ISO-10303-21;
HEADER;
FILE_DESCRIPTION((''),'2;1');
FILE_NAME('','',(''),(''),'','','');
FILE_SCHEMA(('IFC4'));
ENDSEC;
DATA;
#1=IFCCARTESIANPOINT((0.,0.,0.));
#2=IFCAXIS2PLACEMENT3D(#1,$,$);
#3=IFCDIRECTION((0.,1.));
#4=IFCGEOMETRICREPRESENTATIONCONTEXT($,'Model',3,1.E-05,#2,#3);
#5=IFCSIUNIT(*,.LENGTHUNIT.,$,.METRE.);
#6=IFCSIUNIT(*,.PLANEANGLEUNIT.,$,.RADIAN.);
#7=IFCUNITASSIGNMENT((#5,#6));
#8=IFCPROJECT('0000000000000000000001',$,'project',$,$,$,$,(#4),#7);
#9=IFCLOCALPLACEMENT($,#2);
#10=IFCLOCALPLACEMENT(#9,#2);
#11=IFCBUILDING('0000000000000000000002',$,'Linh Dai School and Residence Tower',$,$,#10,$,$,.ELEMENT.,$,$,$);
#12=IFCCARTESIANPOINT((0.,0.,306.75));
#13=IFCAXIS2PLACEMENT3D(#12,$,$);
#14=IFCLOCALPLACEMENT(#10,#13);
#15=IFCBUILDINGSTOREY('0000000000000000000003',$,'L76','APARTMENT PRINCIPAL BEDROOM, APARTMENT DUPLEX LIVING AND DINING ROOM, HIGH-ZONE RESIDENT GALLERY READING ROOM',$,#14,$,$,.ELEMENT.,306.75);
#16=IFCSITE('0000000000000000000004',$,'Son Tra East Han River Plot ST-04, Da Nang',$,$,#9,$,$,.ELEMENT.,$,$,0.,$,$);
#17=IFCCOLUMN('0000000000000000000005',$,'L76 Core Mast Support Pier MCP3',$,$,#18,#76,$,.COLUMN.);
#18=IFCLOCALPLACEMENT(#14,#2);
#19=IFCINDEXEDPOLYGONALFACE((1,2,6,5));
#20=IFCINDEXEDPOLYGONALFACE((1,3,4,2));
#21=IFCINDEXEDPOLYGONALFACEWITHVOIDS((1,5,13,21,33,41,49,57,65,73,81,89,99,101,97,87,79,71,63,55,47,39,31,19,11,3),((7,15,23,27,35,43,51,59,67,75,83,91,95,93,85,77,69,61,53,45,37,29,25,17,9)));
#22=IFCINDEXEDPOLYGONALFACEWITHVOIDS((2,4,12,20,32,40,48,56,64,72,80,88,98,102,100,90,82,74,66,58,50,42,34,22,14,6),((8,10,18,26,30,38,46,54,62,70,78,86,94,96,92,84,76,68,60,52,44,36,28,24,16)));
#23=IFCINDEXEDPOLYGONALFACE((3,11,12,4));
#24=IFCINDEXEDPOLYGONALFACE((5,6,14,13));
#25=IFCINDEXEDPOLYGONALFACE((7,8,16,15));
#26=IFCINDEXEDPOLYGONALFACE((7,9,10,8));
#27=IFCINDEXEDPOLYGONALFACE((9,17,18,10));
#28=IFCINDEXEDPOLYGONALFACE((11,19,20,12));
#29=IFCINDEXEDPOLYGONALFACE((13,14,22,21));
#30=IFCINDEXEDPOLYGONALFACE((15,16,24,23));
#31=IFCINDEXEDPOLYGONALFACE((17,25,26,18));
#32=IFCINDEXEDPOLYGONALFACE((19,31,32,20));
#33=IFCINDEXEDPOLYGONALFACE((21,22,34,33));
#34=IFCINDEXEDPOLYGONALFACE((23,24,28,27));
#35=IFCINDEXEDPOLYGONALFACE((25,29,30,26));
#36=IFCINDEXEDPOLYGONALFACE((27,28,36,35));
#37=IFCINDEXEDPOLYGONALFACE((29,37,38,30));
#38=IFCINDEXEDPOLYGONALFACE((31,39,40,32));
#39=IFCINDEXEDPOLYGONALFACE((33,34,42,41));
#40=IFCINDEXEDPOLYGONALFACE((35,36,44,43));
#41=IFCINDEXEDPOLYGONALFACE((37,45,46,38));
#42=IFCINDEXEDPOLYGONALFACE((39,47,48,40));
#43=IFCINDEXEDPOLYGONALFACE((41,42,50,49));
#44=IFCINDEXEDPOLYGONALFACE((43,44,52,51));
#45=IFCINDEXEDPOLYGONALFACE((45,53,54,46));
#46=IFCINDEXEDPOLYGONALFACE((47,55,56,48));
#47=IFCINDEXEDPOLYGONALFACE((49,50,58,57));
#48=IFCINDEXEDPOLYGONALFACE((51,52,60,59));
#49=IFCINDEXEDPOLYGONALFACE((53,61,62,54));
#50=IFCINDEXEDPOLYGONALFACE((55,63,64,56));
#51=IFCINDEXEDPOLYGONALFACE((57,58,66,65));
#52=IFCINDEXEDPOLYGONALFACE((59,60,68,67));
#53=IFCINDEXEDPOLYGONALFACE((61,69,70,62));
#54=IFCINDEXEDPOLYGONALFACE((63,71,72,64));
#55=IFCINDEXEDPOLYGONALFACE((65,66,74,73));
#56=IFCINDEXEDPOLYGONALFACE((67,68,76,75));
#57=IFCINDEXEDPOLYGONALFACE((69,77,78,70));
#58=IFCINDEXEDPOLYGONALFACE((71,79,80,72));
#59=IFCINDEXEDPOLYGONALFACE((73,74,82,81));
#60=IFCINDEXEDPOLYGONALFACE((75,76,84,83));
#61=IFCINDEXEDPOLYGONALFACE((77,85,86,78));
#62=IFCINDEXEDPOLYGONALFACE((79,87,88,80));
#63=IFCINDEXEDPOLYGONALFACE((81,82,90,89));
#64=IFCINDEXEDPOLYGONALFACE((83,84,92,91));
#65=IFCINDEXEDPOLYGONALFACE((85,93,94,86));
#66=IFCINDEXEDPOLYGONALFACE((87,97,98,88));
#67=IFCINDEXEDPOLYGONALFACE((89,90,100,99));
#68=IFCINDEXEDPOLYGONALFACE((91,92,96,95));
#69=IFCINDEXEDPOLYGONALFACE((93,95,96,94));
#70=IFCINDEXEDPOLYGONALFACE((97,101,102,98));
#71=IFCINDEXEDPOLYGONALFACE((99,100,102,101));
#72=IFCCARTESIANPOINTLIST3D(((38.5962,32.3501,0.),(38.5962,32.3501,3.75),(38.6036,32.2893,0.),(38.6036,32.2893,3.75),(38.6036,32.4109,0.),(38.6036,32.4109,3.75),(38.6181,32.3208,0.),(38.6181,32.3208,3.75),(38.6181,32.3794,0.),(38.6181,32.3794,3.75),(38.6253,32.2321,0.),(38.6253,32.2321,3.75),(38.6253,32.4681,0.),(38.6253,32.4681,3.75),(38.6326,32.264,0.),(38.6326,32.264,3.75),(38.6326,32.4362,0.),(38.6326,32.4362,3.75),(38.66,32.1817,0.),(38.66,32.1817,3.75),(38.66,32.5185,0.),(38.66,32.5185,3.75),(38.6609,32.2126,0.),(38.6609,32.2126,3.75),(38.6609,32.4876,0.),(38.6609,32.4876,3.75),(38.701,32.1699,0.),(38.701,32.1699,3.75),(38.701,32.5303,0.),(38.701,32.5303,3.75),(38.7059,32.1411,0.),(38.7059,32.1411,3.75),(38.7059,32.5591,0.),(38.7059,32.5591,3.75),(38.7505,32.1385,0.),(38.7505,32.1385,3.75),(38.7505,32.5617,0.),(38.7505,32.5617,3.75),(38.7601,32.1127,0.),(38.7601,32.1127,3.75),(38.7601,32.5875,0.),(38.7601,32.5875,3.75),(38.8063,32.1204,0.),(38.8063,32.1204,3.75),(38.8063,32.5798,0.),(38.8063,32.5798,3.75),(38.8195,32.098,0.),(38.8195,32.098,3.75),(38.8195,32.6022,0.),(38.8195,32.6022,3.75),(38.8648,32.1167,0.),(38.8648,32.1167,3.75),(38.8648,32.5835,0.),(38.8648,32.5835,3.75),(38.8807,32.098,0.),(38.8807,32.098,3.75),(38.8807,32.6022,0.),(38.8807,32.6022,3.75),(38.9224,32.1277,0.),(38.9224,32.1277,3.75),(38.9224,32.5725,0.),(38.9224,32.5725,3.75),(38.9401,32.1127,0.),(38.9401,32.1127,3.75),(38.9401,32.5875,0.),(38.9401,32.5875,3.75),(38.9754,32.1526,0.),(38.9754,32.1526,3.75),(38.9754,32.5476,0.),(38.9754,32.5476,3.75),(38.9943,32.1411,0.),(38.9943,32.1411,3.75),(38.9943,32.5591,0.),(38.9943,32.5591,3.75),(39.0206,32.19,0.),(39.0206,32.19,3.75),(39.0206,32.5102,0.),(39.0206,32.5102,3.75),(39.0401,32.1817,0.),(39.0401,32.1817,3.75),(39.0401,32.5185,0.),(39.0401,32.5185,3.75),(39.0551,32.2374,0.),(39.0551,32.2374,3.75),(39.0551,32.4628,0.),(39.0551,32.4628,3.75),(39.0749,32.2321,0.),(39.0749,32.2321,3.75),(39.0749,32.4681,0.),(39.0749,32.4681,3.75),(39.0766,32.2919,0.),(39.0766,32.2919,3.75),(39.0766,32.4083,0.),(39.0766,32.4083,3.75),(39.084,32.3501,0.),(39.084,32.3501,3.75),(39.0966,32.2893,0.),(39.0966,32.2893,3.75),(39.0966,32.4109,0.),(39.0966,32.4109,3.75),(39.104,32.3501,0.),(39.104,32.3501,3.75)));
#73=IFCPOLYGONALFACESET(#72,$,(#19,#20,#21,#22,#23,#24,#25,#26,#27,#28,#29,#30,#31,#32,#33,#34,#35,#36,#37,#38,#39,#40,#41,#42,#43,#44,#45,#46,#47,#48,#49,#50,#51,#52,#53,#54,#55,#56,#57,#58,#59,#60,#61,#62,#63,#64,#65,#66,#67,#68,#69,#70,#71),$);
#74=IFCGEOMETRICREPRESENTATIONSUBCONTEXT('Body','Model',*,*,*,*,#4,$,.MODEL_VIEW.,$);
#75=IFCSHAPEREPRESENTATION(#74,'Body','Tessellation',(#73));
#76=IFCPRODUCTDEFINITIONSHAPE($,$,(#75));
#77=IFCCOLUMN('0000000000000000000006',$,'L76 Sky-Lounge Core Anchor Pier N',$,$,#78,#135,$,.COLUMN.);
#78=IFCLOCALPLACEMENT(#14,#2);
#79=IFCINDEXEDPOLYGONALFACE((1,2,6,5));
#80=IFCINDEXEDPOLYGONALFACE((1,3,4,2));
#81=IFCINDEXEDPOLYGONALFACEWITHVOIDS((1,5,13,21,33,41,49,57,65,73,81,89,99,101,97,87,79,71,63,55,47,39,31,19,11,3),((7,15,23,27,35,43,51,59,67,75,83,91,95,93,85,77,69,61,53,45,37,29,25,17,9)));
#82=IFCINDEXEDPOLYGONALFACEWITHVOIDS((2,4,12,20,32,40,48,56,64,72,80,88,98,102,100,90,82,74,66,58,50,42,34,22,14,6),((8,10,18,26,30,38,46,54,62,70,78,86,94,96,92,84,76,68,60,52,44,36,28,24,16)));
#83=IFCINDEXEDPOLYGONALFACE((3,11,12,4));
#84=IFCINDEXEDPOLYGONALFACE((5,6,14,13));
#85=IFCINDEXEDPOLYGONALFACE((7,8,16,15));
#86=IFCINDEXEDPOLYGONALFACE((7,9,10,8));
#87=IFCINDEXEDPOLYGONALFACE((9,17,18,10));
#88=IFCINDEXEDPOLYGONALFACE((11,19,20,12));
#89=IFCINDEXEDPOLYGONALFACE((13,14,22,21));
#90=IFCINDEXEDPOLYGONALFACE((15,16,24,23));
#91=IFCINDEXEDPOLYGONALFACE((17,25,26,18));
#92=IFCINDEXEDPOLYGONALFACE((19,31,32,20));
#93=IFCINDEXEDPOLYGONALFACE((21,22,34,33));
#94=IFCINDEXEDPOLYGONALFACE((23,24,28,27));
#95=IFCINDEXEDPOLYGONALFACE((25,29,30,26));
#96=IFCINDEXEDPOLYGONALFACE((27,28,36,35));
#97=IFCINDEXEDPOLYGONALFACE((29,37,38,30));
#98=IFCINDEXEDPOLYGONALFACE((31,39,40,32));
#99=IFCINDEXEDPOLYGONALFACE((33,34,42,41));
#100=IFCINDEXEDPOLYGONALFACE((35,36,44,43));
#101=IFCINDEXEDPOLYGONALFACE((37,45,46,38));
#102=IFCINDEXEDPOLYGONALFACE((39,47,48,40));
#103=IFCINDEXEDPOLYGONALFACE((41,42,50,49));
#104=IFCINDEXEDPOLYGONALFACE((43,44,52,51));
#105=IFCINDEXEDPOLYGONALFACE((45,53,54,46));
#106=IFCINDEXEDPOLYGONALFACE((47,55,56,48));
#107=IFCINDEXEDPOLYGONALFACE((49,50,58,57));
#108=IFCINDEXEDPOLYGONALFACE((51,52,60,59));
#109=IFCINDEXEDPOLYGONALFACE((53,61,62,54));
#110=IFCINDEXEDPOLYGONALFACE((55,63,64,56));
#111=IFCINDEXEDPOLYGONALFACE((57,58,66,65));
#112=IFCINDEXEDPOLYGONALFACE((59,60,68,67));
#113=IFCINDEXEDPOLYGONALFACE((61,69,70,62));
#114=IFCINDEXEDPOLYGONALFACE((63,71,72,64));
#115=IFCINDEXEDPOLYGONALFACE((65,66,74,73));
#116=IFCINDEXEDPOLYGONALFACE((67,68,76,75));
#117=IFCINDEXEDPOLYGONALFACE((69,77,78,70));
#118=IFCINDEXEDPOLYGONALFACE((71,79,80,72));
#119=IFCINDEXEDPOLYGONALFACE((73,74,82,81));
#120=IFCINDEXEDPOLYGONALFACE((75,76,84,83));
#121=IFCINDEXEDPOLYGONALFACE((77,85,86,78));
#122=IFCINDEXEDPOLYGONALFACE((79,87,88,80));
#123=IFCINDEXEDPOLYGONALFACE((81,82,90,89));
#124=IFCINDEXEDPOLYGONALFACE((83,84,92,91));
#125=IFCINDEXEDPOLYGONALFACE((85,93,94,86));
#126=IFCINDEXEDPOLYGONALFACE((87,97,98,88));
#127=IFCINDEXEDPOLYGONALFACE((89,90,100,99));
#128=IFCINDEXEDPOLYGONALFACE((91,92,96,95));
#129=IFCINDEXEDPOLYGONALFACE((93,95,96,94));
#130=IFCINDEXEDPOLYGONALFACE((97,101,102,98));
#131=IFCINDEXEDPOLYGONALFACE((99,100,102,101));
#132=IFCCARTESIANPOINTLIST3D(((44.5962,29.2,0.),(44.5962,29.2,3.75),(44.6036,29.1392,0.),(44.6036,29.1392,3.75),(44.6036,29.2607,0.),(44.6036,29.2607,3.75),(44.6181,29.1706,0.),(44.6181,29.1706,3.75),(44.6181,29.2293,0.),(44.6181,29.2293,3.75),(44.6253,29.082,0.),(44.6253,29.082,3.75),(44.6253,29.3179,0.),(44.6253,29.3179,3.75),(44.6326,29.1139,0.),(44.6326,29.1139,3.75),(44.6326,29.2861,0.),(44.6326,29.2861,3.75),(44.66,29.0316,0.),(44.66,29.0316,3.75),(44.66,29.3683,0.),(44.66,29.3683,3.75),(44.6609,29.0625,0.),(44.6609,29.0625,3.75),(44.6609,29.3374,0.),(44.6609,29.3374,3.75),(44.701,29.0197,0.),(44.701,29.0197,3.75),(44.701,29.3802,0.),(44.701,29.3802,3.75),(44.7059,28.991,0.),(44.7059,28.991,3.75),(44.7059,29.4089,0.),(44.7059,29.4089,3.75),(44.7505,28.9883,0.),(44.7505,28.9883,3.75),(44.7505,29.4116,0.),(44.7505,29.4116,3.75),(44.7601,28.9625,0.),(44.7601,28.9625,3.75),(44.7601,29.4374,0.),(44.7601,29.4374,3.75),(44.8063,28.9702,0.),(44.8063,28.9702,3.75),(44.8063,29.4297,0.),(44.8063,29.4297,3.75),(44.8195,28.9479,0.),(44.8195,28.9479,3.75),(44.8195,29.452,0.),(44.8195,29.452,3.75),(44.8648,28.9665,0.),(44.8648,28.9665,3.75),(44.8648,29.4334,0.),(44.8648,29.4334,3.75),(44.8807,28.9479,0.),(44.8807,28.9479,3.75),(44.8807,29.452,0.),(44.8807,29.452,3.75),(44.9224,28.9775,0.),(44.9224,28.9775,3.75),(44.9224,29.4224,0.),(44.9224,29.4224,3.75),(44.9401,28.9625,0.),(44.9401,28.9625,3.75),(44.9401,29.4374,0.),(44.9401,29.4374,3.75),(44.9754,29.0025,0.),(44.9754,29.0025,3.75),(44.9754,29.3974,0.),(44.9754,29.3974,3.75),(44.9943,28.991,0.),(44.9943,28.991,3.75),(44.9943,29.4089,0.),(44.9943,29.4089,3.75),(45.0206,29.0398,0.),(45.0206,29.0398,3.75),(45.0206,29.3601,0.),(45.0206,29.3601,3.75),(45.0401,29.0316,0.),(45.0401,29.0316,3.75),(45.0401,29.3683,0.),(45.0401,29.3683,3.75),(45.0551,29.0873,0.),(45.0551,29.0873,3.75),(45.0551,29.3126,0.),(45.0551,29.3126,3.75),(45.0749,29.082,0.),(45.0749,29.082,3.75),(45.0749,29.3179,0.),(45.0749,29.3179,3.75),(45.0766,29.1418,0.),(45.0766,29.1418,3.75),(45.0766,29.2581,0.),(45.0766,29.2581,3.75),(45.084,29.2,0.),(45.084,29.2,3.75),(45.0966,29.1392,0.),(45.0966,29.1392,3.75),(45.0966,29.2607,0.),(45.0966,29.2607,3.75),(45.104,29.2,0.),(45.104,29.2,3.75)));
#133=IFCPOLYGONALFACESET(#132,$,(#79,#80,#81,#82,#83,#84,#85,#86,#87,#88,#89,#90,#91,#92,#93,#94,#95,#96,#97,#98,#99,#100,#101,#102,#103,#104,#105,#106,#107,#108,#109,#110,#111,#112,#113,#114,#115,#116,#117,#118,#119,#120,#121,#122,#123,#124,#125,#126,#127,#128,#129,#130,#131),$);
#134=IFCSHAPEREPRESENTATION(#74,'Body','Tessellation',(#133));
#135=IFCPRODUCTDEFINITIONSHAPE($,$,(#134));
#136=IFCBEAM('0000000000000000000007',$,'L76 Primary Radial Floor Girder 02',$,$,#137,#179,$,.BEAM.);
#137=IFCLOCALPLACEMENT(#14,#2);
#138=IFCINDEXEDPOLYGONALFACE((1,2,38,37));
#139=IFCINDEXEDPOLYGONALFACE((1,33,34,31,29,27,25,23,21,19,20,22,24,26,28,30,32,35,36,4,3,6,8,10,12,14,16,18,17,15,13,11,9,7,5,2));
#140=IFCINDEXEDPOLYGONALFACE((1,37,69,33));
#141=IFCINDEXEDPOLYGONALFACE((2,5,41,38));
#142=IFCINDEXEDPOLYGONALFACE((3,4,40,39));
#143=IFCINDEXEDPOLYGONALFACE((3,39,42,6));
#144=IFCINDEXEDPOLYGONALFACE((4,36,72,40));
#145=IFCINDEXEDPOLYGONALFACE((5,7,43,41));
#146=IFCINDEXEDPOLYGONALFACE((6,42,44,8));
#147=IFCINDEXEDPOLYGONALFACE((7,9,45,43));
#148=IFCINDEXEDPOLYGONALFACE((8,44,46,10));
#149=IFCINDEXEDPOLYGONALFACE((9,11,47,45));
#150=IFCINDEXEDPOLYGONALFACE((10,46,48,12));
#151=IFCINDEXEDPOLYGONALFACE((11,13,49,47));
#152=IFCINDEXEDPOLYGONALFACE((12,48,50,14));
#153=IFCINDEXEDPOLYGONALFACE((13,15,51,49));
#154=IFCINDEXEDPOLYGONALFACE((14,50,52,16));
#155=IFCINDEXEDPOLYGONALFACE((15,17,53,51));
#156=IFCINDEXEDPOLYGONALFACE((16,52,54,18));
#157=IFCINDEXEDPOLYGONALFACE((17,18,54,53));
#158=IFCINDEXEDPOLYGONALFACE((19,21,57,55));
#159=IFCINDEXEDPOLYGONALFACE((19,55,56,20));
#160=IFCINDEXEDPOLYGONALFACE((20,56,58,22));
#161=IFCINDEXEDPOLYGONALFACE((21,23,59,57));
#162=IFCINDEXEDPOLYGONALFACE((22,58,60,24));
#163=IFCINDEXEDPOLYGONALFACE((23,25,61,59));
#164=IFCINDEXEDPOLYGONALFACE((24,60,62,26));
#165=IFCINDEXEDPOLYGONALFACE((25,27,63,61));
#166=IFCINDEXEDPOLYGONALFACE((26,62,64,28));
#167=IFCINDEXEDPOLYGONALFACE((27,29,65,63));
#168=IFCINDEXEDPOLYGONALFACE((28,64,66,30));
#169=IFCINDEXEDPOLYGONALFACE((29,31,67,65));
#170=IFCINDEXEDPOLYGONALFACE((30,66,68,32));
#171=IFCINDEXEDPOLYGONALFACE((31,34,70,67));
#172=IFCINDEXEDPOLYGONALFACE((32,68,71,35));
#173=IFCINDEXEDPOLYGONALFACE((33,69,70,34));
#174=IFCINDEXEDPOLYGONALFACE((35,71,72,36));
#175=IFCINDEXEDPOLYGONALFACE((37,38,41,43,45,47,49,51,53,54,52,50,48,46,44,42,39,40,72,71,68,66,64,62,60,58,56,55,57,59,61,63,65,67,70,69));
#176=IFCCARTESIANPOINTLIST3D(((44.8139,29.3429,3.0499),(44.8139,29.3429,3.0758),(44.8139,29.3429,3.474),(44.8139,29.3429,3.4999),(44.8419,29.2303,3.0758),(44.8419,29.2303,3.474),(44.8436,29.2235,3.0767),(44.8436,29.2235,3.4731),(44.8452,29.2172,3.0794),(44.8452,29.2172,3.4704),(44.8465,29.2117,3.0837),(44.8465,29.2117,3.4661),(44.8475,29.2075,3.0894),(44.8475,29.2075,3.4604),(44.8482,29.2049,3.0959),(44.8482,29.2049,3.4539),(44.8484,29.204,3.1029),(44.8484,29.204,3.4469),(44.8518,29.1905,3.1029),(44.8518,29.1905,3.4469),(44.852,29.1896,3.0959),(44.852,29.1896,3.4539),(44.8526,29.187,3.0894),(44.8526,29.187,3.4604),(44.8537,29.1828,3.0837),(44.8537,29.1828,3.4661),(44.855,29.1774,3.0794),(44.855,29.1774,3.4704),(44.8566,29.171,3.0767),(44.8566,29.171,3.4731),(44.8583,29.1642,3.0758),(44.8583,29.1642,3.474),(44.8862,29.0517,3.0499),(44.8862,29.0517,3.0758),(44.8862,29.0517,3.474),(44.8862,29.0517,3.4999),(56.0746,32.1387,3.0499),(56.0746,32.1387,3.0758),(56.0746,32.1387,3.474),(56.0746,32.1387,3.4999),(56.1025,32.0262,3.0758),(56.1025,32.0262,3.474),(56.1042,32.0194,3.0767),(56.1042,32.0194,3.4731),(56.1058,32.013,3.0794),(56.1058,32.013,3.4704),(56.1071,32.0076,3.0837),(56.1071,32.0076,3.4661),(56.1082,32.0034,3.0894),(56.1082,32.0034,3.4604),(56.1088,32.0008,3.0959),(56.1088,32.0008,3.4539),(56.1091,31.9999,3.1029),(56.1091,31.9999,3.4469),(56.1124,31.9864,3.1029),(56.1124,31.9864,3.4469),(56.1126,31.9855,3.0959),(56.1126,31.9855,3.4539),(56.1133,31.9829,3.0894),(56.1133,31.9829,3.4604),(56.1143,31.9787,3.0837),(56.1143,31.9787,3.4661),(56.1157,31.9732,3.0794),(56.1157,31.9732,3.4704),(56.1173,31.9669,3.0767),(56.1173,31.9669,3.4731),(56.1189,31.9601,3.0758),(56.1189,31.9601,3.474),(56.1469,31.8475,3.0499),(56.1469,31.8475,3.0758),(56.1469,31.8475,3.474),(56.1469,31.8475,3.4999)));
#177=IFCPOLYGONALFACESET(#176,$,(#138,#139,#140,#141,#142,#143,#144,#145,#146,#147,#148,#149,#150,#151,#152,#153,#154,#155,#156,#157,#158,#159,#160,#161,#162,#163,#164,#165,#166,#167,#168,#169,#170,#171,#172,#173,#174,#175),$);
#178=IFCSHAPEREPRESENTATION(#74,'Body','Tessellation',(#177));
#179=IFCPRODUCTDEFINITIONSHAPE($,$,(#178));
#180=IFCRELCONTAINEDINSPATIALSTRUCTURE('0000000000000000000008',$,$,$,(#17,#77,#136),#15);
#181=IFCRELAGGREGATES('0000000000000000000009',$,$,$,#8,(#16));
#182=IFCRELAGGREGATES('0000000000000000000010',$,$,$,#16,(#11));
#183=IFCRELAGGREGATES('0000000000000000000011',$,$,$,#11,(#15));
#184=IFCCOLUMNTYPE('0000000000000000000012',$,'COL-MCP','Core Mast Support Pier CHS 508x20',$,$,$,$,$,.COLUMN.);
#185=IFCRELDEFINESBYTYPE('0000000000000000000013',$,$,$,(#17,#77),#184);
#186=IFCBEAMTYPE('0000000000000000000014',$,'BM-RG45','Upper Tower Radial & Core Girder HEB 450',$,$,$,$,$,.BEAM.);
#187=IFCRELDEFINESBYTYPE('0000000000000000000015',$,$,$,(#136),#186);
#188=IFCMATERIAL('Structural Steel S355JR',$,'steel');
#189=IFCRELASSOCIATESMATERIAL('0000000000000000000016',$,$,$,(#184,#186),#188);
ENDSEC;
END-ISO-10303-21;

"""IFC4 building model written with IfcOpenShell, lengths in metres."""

from ifc_helpers import new_model, si_unit, direction, frame, origin, origin_2d, place, context, subcontext, project, spatial, hollow_circle, i_section, extrude, material, material_profile, profile_set, type_object, element, save


model = new_model("IFC4")

# Units and contexts
model_context = context("Model", 3, precision=1e-05, world=origin(), true_north=direction((0.0, 1.0)))
body_context = subcontext(model_context, "Body", "Model", "MODEL_VIEW")
ifc_project = project(units=[si_unit("LENGTHUNIT", "METRE"), si_unit("PLANEANGLEUNIT", "RADIAN")], contexts=[model_context])

# Site, building, storey
site_placement = place(None, origin())
site = spatial("IfcSite", under=ifc_project, at=site_placement, Name="Son Tra East Han River Plot ST-04, Da Nang", CompositionType="ELEMENT", RefElevation=0.0)
building_placement = place(site_placement, origin())
building = spatial("IfcBuilding", under=site, at=building_placement, Name="Linh Dai School and Residence Tower", CompositionType="ELEMENT")
storey_placement = place(building_placement, frame((0.0, 0.0, 306.75)))
storey = spatial("IfcBuildingStorey", under=building, at=storey_placement, Name="L76", Description="APARTMENT PRINCIPAL BEDROOM, APARTMENT DUPLEX LIVING AND DINING ROOM, HIGH-ZONE RESIDENT GALLERY READING ROOM", CompositionType="ELEMENT", Elevation=306.75)

# Columns
ifc_material_1 = material(Name="Structural Steel S355JR", Category="steel")
ifc_material_profile_1 = material_profile(ifc_material_1, hollow_circle(Radius=0.2539, WallThickness=0.02, at=origin_2d()), Name="CHS 508x20")
ifc_profile_set_1 = profile_set([ifc_material_profile_1], Name="Structural Steel S355JR")
column_type_1 = type_object("IfcColumnType", Name="COL-MCP", Description="Core Mast Support Pier CHS 508x20", PredefinedType="COLUMN", material=ifc_profile_set_1)
for number, where, z_axis, x_axis, name in (
    (1, (38.8501, 32.3501, 0.0), (0.0, 0.0, 1.0), (1.0, 0.0, 0.0), "L76 Core Mast Support Pier MCP3"),
    (2, (44.8501, 29.2, 0.0), (0.0, 0.0, 1.0), (1.0, 0.0, 0.0), "L76 Sky-Lounge Core Anchor Pier N"),
):
    element("IfcColumn", number, at=place(storey_placement, frame(where, z_axis=z_axis, x_axis=x_axis)), inside=storey, type_object=column_type_1, Name=name, PredefinedType="COLUMN", context=body_context, shape_type="SweptSolid", body=[
        extrude(hollow_circle(Radius=0.2539, WallThickness=0.02, at=origin_2d()), origin(), (0.0, 0.0, 1.0), 3.75),
    ])

# Beam
ifc_material_profile_2 = material_profile(ifc_material_1, i_section(OverallWidth=0.3, OverallDepth=0.45, WebThickness=0.0139, FlangeThickness=0.0259, FilletRadius=0.0271, at=origin_2d()), Name="HEB 450")
ifc_profile_set_2 = profile_set([ifc_material_profile_2], Name="Structural Steel S355JR")
beam_type_1 = type_object("IfcBeamType", Name="BM-RG45", Description="Upper Tower Radial & Core Girder HEB 450", PredefinedType="BEAM", material=ifc_profile_set_2)
beam_1_placement = place(storey_placement, frame((44.8501, 29.1973, 3.2749), z_axis=(0.970532, 0.240971, 0.0), x_axis=(-0.240971, 0.970532, 0.0)))
element("IfcBeam", 3, at=beam_1_placement, inside=storey, type_object=beam_type_1, Name="L76 Primary Radial Floor Girder 02", PredefinedType="BEAM", context=body_context, shape_type="SweptSolid", body=[
    extrude(i_section(OverallWidth=0.3, OverallDepth=0.45, WebThickness=0.0139, FlangeThickness=0.0259, FilletRadius=0.0271, at=origin_2d()), origin(), (0.0, 0.0, 1.0), 11.6025),
])

save(model, "model.ifc")
